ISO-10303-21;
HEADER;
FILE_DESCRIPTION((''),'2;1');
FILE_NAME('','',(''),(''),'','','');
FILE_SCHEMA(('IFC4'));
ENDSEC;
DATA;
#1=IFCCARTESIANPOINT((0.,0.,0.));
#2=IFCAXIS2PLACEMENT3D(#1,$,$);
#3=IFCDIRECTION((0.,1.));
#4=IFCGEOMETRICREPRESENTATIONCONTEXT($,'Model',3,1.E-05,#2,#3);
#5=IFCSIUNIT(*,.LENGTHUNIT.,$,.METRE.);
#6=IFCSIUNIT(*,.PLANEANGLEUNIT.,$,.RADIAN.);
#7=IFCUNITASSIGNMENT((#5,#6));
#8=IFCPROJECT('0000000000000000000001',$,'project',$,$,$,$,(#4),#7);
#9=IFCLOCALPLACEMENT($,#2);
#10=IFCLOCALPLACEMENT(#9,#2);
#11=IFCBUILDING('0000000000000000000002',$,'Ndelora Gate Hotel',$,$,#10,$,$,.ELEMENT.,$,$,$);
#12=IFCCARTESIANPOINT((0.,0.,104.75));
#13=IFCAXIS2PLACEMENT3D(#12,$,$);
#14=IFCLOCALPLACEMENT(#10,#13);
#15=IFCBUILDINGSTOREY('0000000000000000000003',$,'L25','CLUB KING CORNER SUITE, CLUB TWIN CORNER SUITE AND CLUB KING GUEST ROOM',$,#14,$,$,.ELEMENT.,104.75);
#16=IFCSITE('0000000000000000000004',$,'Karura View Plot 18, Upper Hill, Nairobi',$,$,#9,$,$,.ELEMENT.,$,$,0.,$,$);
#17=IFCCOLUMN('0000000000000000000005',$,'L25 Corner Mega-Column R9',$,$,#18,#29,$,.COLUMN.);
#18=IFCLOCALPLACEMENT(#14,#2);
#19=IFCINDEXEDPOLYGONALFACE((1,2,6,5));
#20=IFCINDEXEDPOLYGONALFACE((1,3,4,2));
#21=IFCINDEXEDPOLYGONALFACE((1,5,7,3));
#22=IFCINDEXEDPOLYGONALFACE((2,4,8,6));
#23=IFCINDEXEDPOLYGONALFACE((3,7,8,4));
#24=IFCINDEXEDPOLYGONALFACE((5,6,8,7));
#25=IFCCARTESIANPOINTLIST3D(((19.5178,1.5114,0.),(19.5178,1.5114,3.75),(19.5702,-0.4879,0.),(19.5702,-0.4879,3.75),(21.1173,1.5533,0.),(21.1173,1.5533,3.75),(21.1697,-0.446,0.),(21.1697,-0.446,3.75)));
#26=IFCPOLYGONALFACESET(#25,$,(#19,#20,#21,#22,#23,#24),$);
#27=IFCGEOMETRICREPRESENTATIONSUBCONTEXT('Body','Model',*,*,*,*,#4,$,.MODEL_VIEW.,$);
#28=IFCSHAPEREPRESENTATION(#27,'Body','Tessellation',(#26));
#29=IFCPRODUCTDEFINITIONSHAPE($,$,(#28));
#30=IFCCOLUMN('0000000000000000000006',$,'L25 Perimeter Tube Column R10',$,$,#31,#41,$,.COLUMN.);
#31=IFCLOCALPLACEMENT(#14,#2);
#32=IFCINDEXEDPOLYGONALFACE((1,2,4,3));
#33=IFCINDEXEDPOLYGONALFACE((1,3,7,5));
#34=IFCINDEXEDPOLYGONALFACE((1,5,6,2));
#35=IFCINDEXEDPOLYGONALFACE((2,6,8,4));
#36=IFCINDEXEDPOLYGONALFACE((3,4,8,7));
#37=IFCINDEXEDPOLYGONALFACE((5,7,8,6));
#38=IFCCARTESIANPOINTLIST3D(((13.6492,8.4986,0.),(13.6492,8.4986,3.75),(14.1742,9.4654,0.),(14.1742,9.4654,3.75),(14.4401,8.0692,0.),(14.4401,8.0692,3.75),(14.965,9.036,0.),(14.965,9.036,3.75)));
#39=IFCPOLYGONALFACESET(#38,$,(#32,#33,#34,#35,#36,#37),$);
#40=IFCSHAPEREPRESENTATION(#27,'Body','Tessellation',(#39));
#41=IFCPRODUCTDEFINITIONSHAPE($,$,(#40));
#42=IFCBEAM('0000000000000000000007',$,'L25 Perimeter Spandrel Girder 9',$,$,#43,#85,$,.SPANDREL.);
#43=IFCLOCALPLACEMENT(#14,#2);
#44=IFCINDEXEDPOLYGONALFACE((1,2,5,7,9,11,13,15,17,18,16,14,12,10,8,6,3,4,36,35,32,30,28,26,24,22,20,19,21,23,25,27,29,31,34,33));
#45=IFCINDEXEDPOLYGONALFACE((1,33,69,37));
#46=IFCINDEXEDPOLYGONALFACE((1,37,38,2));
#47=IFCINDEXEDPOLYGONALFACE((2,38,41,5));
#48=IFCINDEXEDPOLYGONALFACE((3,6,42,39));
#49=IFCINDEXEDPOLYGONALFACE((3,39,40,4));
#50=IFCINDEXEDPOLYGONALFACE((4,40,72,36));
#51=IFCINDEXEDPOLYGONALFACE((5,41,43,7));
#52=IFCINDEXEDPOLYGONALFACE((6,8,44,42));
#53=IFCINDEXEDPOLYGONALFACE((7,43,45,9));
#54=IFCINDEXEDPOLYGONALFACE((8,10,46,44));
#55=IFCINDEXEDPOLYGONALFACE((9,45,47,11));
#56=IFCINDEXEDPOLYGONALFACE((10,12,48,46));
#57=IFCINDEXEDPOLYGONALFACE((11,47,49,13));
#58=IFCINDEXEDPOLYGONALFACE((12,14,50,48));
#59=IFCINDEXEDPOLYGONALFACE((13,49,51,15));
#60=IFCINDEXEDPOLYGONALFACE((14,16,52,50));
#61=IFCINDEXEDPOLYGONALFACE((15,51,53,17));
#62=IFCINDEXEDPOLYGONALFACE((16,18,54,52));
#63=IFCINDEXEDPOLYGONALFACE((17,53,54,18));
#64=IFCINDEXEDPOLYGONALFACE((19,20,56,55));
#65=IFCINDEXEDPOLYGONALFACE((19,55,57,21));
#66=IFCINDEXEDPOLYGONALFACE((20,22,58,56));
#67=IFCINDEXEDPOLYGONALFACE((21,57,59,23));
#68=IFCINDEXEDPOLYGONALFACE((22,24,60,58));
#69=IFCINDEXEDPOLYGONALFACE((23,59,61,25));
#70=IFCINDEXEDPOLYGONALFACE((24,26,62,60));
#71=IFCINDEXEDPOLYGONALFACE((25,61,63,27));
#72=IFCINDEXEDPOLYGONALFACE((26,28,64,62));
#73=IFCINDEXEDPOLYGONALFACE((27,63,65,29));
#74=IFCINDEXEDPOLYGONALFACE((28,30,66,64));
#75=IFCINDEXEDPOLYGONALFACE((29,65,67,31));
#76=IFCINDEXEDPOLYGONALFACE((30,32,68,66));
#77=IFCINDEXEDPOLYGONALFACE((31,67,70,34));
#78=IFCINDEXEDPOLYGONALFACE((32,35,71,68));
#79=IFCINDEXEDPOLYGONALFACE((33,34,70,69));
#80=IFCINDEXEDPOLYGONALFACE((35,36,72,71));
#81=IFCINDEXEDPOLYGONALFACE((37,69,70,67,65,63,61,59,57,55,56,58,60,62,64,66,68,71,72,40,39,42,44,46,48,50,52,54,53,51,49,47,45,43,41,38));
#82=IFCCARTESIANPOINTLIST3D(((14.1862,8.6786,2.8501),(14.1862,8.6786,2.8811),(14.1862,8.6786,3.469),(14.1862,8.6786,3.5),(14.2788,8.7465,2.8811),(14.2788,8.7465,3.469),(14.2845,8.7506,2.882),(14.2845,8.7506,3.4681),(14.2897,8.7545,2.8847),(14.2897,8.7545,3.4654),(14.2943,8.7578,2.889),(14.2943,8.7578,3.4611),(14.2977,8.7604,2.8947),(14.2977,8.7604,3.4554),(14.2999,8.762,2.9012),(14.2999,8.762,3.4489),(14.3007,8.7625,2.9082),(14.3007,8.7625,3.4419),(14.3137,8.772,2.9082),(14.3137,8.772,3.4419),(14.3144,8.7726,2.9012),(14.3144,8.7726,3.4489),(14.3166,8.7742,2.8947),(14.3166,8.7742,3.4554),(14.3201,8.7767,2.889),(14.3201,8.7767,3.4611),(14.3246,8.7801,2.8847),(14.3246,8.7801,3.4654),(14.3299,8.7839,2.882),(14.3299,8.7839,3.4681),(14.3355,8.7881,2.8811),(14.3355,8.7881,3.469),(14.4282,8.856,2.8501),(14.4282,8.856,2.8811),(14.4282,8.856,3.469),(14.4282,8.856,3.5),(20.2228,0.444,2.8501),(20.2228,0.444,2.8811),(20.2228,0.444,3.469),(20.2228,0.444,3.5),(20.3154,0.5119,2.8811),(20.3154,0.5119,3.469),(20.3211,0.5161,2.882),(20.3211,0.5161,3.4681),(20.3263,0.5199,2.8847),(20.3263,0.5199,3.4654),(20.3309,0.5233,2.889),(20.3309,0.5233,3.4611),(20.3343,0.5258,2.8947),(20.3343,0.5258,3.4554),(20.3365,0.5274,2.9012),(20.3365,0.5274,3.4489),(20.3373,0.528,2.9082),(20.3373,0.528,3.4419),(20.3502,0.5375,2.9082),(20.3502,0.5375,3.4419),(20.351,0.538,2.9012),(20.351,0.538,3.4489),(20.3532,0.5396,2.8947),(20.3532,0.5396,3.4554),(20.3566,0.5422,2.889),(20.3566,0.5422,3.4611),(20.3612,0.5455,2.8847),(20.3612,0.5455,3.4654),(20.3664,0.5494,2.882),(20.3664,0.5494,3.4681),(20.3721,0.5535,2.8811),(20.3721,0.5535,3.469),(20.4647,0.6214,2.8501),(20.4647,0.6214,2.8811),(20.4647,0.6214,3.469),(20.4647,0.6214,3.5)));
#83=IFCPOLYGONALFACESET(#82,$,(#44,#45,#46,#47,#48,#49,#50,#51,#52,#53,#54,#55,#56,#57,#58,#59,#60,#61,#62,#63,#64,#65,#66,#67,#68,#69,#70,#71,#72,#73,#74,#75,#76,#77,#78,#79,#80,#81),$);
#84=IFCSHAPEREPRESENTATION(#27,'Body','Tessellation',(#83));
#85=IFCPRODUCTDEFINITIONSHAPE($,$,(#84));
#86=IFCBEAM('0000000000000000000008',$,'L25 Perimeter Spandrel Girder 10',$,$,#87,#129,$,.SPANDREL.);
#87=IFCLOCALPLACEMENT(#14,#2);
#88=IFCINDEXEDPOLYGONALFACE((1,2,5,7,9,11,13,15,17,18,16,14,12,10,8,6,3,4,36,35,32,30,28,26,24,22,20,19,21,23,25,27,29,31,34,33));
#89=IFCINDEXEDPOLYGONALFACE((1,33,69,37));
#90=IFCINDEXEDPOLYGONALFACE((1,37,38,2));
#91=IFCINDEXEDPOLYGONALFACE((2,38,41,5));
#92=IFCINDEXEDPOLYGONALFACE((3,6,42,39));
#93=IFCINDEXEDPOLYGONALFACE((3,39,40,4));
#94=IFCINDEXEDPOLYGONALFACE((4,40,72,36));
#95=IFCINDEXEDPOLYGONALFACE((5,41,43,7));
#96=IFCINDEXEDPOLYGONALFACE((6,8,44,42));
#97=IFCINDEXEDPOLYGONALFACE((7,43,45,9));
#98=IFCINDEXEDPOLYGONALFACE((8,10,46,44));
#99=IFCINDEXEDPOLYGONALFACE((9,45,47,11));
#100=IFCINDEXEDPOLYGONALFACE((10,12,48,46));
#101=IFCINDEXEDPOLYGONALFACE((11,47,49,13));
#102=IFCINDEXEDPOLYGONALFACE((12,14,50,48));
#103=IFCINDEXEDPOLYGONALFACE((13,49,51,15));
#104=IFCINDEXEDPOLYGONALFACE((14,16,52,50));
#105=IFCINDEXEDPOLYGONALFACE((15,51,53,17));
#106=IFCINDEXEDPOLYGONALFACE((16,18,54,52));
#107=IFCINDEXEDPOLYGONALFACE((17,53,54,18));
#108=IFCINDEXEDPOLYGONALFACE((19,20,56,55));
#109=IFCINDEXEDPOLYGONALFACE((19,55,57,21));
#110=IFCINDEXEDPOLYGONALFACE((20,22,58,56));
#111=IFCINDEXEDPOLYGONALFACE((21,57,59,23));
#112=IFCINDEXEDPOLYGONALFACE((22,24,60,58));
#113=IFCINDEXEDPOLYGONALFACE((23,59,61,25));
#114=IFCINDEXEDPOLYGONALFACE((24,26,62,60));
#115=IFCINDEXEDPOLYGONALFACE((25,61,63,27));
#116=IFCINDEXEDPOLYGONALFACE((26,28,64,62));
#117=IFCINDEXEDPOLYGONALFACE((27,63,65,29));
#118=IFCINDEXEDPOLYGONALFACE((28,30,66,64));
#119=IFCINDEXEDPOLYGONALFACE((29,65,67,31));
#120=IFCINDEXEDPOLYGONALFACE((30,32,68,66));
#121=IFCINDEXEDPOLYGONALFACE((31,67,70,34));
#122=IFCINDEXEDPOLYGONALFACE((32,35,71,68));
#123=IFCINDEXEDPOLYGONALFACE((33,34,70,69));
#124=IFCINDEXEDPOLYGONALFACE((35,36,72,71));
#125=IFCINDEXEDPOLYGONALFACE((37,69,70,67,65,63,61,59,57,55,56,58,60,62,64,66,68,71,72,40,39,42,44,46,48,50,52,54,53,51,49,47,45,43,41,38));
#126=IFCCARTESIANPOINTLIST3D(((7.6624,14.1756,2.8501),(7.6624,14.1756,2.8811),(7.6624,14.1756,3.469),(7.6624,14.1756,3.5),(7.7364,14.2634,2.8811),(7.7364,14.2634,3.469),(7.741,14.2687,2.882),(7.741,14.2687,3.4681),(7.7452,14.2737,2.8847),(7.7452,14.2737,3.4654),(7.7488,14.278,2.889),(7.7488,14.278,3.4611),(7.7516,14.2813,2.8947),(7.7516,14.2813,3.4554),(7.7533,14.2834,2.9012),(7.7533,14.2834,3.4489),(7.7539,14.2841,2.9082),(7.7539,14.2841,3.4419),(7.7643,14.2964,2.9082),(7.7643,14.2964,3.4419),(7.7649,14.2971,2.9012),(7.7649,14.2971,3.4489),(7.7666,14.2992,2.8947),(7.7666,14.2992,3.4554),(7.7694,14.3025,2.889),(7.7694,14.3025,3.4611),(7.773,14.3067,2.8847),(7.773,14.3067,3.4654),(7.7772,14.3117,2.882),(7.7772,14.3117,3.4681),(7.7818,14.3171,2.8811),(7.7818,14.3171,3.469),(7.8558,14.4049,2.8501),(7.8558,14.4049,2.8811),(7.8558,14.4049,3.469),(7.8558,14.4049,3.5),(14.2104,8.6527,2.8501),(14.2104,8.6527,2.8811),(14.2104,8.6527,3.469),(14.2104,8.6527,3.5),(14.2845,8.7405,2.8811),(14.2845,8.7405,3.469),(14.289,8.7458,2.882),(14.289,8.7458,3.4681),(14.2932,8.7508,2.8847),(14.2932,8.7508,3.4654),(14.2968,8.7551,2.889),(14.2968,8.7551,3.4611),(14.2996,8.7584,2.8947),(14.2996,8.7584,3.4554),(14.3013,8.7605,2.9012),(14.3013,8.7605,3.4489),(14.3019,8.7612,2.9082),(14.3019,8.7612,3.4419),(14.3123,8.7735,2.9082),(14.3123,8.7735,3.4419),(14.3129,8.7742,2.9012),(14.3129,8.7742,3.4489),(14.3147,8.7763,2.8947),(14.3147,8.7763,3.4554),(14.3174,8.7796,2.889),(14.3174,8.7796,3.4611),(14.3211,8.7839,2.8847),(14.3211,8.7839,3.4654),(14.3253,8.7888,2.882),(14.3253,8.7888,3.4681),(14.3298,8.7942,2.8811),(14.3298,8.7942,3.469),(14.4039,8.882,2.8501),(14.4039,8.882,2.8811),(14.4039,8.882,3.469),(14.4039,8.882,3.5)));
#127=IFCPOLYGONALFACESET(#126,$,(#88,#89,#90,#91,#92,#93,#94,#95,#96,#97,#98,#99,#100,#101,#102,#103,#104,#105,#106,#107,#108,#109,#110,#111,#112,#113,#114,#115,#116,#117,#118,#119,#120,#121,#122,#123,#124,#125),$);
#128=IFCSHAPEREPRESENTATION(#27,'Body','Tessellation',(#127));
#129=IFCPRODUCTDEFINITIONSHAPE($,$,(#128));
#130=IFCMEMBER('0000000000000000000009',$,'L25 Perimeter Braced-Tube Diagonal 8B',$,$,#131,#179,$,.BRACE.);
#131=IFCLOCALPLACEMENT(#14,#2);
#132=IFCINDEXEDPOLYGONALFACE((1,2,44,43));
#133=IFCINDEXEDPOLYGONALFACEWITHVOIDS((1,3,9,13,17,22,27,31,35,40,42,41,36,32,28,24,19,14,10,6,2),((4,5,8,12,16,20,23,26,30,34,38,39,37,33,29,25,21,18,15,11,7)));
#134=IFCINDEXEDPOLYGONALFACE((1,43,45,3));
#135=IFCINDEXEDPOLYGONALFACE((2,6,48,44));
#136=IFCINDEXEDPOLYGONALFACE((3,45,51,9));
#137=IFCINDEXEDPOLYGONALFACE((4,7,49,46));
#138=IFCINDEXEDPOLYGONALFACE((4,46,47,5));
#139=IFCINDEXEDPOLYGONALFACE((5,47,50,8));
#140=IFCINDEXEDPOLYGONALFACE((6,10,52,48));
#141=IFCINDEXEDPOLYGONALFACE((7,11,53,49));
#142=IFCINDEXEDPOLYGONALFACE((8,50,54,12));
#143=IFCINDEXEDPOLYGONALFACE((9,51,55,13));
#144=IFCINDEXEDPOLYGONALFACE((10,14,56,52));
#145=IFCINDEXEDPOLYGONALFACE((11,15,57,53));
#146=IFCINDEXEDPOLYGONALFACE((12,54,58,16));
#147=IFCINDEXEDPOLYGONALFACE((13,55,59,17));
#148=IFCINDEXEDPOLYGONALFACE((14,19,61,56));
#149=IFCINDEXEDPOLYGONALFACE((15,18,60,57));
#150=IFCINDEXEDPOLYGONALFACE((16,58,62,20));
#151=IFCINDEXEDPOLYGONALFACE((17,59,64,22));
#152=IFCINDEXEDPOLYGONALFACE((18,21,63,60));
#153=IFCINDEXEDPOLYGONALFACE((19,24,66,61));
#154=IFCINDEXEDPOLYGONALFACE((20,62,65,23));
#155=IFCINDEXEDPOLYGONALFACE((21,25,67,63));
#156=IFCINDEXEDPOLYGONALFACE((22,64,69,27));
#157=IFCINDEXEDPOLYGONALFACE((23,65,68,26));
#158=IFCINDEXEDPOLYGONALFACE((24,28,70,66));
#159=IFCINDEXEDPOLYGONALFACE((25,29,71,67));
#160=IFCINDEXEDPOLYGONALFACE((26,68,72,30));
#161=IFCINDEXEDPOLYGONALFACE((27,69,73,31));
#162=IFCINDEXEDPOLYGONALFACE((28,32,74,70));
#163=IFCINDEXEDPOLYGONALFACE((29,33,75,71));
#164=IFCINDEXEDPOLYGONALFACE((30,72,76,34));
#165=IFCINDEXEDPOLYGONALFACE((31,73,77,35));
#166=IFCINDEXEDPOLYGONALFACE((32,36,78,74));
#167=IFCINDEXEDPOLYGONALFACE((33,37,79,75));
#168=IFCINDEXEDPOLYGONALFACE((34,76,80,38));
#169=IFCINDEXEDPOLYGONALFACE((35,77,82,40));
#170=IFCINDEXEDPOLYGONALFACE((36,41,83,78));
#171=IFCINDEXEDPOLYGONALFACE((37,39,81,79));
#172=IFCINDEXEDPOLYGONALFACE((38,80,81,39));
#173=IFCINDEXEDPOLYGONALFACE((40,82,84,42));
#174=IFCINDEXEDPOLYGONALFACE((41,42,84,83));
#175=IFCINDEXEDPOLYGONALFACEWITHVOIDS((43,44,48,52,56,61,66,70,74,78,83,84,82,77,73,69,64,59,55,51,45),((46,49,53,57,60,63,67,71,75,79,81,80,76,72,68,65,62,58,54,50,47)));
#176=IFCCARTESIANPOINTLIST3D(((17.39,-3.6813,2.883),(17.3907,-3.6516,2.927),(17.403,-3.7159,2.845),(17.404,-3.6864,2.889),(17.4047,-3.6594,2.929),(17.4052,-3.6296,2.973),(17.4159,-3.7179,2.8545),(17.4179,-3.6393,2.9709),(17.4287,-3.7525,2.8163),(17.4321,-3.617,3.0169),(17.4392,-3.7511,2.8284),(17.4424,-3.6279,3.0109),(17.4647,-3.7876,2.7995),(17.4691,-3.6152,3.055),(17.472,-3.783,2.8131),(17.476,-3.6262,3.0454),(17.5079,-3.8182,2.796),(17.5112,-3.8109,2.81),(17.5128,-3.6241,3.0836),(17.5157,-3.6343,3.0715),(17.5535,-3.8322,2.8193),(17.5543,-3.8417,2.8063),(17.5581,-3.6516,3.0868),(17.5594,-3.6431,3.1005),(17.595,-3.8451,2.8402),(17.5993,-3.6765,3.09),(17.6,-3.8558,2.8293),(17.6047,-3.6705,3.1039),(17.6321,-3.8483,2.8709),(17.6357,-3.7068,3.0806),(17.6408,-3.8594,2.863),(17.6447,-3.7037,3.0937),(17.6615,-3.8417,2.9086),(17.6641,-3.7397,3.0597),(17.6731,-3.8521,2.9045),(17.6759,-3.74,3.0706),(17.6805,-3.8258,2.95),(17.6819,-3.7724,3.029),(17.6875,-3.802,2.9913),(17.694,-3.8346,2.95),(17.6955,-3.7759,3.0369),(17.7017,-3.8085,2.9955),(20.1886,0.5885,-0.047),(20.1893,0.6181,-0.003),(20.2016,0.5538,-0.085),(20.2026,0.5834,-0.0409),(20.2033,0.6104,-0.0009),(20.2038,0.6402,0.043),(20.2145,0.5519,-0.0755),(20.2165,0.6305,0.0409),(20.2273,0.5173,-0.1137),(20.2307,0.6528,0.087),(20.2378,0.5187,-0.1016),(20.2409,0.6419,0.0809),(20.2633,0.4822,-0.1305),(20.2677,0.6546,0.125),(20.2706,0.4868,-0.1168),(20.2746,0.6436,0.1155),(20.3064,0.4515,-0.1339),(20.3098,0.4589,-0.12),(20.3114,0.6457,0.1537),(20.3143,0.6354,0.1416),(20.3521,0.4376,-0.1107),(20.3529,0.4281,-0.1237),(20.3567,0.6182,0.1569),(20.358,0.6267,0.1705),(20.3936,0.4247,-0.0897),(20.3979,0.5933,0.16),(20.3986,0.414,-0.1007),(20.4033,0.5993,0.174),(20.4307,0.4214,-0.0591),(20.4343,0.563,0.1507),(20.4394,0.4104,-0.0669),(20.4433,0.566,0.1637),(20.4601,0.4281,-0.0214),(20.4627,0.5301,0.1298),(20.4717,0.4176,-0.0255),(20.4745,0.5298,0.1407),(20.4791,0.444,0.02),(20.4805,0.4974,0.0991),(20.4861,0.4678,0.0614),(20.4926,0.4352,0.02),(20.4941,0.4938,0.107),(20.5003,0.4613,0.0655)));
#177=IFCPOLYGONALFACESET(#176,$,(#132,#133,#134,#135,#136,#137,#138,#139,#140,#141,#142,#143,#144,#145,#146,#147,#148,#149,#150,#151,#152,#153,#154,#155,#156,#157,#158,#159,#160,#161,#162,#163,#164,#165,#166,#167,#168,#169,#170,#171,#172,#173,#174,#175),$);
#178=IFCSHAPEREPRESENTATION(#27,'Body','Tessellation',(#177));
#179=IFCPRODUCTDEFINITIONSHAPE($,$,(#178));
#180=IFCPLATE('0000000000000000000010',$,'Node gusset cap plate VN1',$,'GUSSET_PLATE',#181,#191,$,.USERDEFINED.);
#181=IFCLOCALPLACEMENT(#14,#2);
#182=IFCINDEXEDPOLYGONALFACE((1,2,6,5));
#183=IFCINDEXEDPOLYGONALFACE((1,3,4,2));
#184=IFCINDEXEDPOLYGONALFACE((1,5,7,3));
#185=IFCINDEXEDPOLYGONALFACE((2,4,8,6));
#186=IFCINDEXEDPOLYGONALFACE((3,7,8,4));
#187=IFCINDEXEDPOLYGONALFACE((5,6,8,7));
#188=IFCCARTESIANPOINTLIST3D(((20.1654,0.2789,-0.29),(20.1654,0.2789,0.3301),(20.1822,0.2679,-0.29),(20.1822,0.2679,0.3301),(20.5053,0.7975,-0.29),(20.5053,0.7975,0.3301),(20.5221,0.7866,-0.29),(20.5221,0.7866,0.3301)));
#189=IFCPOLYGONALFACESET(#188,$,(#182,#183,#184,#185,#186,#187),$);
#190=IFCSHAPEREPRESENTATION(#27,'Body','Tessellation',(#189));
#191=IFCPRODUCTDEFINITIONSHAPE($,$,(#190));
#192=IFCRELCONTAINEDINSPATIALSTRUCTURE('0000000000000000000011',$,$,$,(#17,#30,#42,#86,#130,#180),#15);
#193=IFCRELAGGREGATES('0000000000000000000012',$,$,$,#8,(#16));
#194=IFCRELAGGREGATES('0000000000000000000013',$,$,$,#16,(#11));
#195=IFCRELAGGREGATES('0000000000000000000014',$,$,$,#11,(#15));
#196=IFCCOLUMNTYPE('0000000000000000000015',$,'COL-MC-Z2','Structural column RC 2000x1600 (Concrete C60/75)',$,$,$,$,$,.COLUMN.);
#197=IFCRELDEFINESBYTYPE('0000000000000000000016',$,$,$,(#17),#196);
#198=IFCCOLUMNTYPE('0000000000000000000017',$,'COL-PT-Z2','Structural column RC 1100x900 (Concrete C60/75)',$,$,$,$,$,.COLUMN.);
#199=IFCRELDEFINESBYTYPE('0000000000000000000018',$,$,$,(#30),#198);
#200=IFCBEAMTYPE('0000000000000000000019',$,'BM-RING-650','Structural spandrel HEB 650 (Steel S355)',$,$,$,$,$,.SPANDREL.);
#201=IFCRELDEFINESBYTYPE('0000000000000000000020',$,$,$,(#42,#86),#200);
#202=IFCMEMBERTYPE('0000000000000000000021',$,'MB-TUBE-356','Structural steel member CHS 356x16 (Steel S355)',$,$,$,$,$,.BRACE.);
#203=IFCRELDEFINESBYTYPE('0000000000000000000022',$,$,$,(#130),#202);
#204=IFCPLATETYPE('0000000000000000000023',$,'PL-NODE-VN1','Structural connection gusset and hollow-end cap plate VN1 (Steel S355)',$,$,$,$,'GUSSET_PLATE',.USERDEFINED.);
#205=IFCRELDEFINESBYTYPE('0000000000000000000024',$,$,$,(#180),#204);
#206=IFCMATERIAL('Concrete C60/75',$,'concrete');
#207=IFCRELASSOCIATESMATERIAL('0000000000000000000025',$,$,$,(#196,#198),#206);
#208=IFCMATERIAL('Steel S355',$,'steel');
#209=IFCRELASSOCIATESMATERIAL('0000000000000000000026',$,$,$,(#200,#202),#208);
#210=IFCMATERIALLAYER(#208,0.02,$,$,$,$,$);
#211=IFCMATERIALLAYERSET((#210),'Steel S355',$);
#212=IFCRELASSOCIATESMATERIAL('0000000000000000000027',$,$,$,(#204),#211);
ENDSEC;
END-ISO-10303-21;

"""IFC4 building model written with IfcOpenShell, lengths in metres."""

from ifc_helpers import new_model, si_unit, direction, frame, origin, origin_2d, place, context, subcontext, project, spatial, rectangle, hollow_circle, i_section, extrude, material, layer, layer_set, material_profile, profile_set, type_object, element, save


model = new_model("IFC4")

# Units and contexts
model_context = context("Model", 3, precision=1e-05, world=origin(), true_north=direction((0.0, 1.0)))
body_context = subcontext(model_context, "Body", "Model", "MODEL_VIEW")
ifc_project = project(units=[si_unit("LENGTHUNIT", "METRE"), si_unit("PLANEANGLEUNIT", "RADIAN")], contexts=[model_context])

# Site, building, storey
site_placement = place(None, origin())
site = spatial("IfcSite", under=ifc_project, at=site_placement, Name="Karura View Plot 18, Upper Hill, Nairobi", CompositionType="ELEMENT", RefElevation=0.0)
building_placement = place(site_placement, origin())
building = spatial("IfcBuilding", under=site, at=building_placement, Name="Ndelora Gate Hotel", CompositionType="ELEMENT")
storey_placement = place(building_placement, frame((0.0, 0.0, 104.75)))
storey = spatial("IfcBuildingStorey", under=building, at=storey_placement, Name="L25", Description="CLUB KING CORNER SUITE, CLUB TWIN CORNER SUITE AND CLUB KING GUEST ROOM", CompositionType="ELEMENT", Elevation=104.75)

# Columns
ifc_material_1 = material(Name="Concrete C60/75", Category="concrete")
ifc_material_profile_1 = material_profile(ifc_material_1, rectangle(XDim=1.6001, YDim=2.0, at=origin_2d()), Name="RC 2000x1600")
ifc_profile_set_1 = profile_set([ifc_material_profile_1], Name="Concrete C60/75")
column_type_1 = type_object("IfcColumnType", Name="COL-MC-Z2", Description="Structural column RC 2000x1600 (Concrete C60/75)", PredefinedType="COLUMN", material=ifc_profile_set_1)
column_1_placement = place(storey_placement, frame((20.3438, 0.5327, 0.0), z_axis=(0.0, 0.0, 1.0), x_axis=(0.999657, 0.026177, 0.0)))
element("IfcColumn", 1, at=column_1_placement, inside=storey, type_object=column_type_1, Name="L25 Corner Mega-Column R9", PredefinedType="COLUMN", context=body_context, shape_type="SweptSolid", body=[
    extrude(rectangle(XDim=1.6001, YDim=2.0, at=origin_2d()), origin(), (0.0, 0.0, 1.0), 3.75),
])
ifc_material_profile_2 = material_profile(ifc_material_1, rectangle(XDim=0.8999, YDim=1.1001, at=origin_2d()), Name="RC 1100x900")
ifc_profile_set_2 = profile_set([ifc_material_profile_2], Name="Concrete C60/75")
column_type_2 = type_object("IfcColumnType", Name="COL-PT-Z2", Description="Structural column RC 1100x900 (Concrete C60/75)", PredefinedType="COLUMN", material=ifc_profile_set_2)
column_2_placement = place(storey_placement, frame((14.3071, 8.7673, 0.0), z_axis=(0.0, 0.0, 1.0), x_axis=(-0.878817, 0.477159, 0.0)))
element("IfcColumn", 2, at=column_2_placement, inside=storey, type_object=column_type_2, Name="L25 Perimeter Tube Column R10", PredefinedType="COLUMN", context=body_context, shape_type="SweptSolid", body=[
    extrude(rectangle(XDim=0.8999, YDim=1.1001, at=origin_2d()), origin(), (0.0, 0.0, 1.0), 3.75),
])

# Beams
ifc_material_2 = material(Name="Steel S355", Category="steel")
ifc_material_profile_3 = material_profile(ifc_material_2, i_section(OverallWidth=0.3, OverallDepth=0.6499, WebThickness=0.0161, FlangeThickness=0.031, FilletRadius=0.0271, at=origin_2d()), Name="HEB 650")
ifc_profile_set_3 = profile_set([ifc_material_profile_3], Name="Steel S355")
beam_type = type_object("IfcBeamType", Name="BM-RING-650", Description="Structural spandrel HEB 650 (Steel S355)", PredefinedType="SPANDREL", material=ifc_profile_set_3)
beam_1_placement = place(storey_placement, frame((20.3438, 0.5327, 3.175), z_axis=(-0.59123, 0.806503, 0.0), x_axis=(-0.806503, -0.59123, 0.0)))
element("IfcBeam", 3, at=beam_1_placement, inside=storey, type_object=beam_type, Name="L25 Perimeter Spandrel Girder 9", PredefinedType="SPANDREL", context=body_context, shape_type="SweptSolid", body=[
    extrude(i_section(OverallWidth=0.3, OverallDepth=0.6499, WebThickness=0.0161, FlangeThickness=0.031, FilletRadius=0.0271, at=origin_2d()), origin(), (0.0, 0.0, 1.0), 10.2102),
])
beam_2_placement = place(storey_placement, frame((14.3071, 8.7673, 3.175), z_axis=(-0.764407, 0.644734, 0.0), x_axis=(-0.644734, -0.764407, 0.0)))
element("IfcBeam", 4, at=beam_2_placement, inside=storey, type_object=beam_type, Name="L25 Perimeter Spandrel Girder 10", PredefinedType="SPANDREL", context=body_context, shape_type="SweptSolid", body=[
    extrude(i_section(OverallWidth=0.3, OverallDepth=0.6499, WebThickness=0.0161, FlangeThickness=0.031, FilletRadius=0.0271, at=origin_2d()), origin(), (0.0, 0.0, 1.0), 8.5662),
])

# Member
ifc_material_profile_4 = material_profile(ifc_material_2, hollow_circle(Radius=0.178, WallThickness=0.0161, at=origin_2d()), Name="CHS 356x16")
ifc_profile_set_4 = profile_set([ifc_material_profile_4], Name="Steel S355")
member_type = type_object("IfcMemberType", Name="MB-TUBE-356", Description="Structural steel member CHS 356x16 (Steel S355)", PredefinedType="BRACE", material=ifc_profile_set_4)
member_placement = place(storey_placement, frame((20.3438, 0.5327, 0.02), z_axis=(-0.475447, -0.725385, 0.497761), x_axis=(0.836358, -0.548183, 0.0)))
element("IfcMember", 5, at=member_placement, inside=storey, type_object=member_type, Name="L25 Perimeter Braced-Tube Diagonal 8B", PredefinedType="BRACE", context=body_context, shape_type="SweptSolid", body=[
    extrude(hollow_circle(Radius=0.178, WallThickness=0.0161, at=origin_2d()), origin(), (0.0, 0.0, 1.0), 5.8862),
])

# Plate
ifc_layer_1 = layer(ifc_material_2, 0.02)
ifc_layer_set_1 = layer_set([ifc_layer_1], Name="Steel S355")
plate_type = type_object("IfcPlateType", Name="PL-NODE-VN1", Description="Structural connection gusset and hollow-end cap plate VN1 (Steel S355)", ElementType="GUSSET_PLATE", PredefinedType="USERDEFINED", material=ifc_layer_set_1)
plate_placement = place(storey_placement, frame((20.3438, 0.5327, -0.29), z_axis=(0.0, 0.0, 1.0), x_axis=(0.548147, 0.836382, 0.0)))
element("IfcPlate", 6, at=plate_placement, inside=storey, type_object=plate_type, Name="Node gusset cap plate VN1", ObjectType="GUSSET_PLATE", PredefinedType="USERDEFINED", context=body_context, shape_type="SweptSolid", body=[
    extrude(rectangle(XDim=0.6201, YDim=0.02, at=origin_2d()), origin(), (0.0, 0.0, 1.0), 0.6201),
])

save(model, "model.ifc")
